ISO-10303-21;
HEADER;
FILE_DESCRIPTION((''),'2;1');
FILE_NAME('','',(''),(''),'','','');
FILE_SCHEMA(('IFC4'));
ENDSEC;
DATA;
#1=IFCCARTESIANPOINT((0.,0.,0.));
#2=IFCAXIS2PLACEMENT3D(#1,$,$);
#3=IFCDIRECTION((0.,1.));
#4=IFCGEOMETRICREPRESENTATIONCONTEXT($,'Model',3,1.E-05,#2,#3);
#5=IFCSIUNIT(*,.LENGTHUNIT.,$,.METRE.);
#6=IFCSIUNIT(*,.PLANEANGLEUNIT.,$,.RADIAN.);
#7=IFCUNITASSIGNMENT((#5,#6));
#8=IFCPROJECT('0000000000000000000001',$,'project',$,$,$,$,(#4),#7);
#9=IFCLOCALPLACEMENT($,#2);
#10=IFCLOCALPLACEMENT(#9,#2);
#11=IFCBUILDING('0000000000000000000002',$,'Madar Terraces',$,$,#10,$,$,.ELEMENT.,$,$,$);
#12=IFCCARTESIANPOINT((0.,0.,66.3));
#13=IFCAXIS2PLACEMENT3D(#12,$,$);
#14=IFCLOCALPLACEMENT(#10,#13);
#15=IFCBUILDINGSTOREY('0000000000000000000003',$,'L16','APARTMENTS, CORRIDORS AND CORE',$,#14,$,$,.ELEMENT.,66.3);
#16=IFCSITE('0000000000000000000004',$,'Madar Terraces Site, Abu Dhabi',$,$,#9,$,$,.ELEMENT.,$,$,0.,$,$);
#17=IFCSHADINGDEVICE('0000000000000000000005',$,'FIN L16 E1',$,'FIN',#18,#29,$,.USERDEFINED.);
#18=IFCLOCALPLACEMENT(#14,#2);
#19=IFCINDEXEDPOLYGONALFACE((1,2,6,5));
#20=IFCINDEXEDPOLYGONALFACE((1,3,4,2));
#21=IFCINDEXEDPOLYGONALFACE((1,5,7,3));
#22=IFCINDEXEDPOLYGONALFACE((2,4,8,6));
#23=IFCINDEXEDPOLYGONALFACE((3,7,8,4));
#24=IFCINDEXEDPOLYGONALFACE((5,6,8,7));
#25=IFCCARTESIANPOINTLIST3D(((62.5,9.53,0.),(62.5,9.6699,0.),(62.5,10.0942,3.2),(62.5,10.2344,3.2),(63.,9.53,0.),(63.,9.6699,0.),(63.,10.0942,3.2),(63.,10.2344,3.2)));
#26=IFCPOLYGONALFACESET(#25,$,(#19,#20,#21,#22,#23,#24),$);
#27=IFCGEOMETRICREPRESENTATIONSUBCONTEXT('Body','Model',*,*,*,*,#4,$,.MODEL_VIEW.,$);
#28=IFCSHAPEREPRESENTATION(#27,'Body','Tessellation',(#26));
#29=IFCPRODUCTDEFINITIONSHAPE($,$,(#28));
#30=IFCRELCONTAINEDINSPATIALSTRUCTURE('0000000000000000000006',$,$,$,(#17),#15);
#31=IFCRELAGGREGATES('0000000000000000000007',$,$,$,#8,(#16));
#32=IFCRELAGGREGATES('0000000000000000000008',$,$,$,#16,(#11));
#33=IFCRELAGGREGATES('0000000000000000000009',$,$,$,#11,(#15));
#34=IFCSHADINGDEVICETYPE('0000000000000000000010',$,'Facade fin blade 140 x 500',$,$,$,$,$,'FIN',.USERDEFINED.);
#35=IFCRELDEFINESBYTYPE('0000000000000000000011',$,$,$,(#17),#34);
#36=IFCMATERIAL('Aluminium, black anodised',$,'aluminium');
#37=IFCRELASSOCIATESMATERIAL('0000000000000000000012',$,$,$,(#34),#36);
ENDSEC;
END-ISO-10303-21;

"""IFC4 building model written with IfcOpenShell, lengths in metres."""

from ifc_helpers import new_model, si_unit, direction, frame, origin, place, context, subcontext, project, spatial, polyline, outline, extrude, material, type_object, element, save


model = new_model("IFC4")

# Units and contexts
model_context = context("Model", 3, precision=1e-05, world=origin(), true_north=direction((0.0, 1.0)))
body_context = subcontext(model_context, "Body", "Model", "MODEL_VIEW")
ifc_project = project(units=[si_unit("LENGTHUNIT", "METRE"), si_unit("PLANEANGLEUNIT", "RADIAN")], contexts=[model_context])

# Site, building, storey
site_placement = place(None, origin())
site = spatial("IfcSite", under=ifc_project, at=site_placement, Name="Madar Terraces Site, Abu Dhabi", CompositionType="ELEMENT", RefElevation=0.0)
building_placement = place(site_placement, origin())
building = spatial("IfcBuilding", under=site, at=building_placement, Name="Madar Terraces", CompositionType="ELEMENT")
storey_placement = place(building_placement, frame((0.0, 0.0, 66.3)))
storey = spatial("IfcBuildingStorey", under=building, at=storey_placement, Name="L16", Description="APARTMENTS, CORRIDORS AND CORE", CompositionType="ELEMENT", Elevation=66.3)

# Shading device
ifc_material_1 = material(Name="Aluminium, black anodised", Category="aluminium")
shading_device_type = type_object("IfcShadingDeviceType", Name="Facade fin blade 140 x 500", ElementType="FIN", PredefinedType="USERDEFINED", material=ifc_material_1)
shading_device_1_placement = place(storey_placement, frame((62.75, 9.53, 0.0), z_axis=(0.0, 0.0, 1.0), x_axis=(0.0, 1.0, 0.0)))
element("IfcShadingDevice", 1, at=shading_device_1_placement, inside=storey, type_object=shading_device_type, Name="FIN L16 E1", ObjectType="FIN", PredefinedType="USERDEFINED", context=body_context, shape_type="SweptSolid", body=[
    extrude(outline(polyline([(0.0, 0.0), (0.1399, 0.0), (0.7043, 3.2), (0.5642, 3.2), (0.0, 0.0)])), frame((0.0, 0.25, 0.0), z_axis=(0.0, -1.0, 0.0), x_axis=(1.0, 0.0, 0.0)), (0.0, 0.0, 1.0), 0.5),
])

save(model, "model.ifc")
